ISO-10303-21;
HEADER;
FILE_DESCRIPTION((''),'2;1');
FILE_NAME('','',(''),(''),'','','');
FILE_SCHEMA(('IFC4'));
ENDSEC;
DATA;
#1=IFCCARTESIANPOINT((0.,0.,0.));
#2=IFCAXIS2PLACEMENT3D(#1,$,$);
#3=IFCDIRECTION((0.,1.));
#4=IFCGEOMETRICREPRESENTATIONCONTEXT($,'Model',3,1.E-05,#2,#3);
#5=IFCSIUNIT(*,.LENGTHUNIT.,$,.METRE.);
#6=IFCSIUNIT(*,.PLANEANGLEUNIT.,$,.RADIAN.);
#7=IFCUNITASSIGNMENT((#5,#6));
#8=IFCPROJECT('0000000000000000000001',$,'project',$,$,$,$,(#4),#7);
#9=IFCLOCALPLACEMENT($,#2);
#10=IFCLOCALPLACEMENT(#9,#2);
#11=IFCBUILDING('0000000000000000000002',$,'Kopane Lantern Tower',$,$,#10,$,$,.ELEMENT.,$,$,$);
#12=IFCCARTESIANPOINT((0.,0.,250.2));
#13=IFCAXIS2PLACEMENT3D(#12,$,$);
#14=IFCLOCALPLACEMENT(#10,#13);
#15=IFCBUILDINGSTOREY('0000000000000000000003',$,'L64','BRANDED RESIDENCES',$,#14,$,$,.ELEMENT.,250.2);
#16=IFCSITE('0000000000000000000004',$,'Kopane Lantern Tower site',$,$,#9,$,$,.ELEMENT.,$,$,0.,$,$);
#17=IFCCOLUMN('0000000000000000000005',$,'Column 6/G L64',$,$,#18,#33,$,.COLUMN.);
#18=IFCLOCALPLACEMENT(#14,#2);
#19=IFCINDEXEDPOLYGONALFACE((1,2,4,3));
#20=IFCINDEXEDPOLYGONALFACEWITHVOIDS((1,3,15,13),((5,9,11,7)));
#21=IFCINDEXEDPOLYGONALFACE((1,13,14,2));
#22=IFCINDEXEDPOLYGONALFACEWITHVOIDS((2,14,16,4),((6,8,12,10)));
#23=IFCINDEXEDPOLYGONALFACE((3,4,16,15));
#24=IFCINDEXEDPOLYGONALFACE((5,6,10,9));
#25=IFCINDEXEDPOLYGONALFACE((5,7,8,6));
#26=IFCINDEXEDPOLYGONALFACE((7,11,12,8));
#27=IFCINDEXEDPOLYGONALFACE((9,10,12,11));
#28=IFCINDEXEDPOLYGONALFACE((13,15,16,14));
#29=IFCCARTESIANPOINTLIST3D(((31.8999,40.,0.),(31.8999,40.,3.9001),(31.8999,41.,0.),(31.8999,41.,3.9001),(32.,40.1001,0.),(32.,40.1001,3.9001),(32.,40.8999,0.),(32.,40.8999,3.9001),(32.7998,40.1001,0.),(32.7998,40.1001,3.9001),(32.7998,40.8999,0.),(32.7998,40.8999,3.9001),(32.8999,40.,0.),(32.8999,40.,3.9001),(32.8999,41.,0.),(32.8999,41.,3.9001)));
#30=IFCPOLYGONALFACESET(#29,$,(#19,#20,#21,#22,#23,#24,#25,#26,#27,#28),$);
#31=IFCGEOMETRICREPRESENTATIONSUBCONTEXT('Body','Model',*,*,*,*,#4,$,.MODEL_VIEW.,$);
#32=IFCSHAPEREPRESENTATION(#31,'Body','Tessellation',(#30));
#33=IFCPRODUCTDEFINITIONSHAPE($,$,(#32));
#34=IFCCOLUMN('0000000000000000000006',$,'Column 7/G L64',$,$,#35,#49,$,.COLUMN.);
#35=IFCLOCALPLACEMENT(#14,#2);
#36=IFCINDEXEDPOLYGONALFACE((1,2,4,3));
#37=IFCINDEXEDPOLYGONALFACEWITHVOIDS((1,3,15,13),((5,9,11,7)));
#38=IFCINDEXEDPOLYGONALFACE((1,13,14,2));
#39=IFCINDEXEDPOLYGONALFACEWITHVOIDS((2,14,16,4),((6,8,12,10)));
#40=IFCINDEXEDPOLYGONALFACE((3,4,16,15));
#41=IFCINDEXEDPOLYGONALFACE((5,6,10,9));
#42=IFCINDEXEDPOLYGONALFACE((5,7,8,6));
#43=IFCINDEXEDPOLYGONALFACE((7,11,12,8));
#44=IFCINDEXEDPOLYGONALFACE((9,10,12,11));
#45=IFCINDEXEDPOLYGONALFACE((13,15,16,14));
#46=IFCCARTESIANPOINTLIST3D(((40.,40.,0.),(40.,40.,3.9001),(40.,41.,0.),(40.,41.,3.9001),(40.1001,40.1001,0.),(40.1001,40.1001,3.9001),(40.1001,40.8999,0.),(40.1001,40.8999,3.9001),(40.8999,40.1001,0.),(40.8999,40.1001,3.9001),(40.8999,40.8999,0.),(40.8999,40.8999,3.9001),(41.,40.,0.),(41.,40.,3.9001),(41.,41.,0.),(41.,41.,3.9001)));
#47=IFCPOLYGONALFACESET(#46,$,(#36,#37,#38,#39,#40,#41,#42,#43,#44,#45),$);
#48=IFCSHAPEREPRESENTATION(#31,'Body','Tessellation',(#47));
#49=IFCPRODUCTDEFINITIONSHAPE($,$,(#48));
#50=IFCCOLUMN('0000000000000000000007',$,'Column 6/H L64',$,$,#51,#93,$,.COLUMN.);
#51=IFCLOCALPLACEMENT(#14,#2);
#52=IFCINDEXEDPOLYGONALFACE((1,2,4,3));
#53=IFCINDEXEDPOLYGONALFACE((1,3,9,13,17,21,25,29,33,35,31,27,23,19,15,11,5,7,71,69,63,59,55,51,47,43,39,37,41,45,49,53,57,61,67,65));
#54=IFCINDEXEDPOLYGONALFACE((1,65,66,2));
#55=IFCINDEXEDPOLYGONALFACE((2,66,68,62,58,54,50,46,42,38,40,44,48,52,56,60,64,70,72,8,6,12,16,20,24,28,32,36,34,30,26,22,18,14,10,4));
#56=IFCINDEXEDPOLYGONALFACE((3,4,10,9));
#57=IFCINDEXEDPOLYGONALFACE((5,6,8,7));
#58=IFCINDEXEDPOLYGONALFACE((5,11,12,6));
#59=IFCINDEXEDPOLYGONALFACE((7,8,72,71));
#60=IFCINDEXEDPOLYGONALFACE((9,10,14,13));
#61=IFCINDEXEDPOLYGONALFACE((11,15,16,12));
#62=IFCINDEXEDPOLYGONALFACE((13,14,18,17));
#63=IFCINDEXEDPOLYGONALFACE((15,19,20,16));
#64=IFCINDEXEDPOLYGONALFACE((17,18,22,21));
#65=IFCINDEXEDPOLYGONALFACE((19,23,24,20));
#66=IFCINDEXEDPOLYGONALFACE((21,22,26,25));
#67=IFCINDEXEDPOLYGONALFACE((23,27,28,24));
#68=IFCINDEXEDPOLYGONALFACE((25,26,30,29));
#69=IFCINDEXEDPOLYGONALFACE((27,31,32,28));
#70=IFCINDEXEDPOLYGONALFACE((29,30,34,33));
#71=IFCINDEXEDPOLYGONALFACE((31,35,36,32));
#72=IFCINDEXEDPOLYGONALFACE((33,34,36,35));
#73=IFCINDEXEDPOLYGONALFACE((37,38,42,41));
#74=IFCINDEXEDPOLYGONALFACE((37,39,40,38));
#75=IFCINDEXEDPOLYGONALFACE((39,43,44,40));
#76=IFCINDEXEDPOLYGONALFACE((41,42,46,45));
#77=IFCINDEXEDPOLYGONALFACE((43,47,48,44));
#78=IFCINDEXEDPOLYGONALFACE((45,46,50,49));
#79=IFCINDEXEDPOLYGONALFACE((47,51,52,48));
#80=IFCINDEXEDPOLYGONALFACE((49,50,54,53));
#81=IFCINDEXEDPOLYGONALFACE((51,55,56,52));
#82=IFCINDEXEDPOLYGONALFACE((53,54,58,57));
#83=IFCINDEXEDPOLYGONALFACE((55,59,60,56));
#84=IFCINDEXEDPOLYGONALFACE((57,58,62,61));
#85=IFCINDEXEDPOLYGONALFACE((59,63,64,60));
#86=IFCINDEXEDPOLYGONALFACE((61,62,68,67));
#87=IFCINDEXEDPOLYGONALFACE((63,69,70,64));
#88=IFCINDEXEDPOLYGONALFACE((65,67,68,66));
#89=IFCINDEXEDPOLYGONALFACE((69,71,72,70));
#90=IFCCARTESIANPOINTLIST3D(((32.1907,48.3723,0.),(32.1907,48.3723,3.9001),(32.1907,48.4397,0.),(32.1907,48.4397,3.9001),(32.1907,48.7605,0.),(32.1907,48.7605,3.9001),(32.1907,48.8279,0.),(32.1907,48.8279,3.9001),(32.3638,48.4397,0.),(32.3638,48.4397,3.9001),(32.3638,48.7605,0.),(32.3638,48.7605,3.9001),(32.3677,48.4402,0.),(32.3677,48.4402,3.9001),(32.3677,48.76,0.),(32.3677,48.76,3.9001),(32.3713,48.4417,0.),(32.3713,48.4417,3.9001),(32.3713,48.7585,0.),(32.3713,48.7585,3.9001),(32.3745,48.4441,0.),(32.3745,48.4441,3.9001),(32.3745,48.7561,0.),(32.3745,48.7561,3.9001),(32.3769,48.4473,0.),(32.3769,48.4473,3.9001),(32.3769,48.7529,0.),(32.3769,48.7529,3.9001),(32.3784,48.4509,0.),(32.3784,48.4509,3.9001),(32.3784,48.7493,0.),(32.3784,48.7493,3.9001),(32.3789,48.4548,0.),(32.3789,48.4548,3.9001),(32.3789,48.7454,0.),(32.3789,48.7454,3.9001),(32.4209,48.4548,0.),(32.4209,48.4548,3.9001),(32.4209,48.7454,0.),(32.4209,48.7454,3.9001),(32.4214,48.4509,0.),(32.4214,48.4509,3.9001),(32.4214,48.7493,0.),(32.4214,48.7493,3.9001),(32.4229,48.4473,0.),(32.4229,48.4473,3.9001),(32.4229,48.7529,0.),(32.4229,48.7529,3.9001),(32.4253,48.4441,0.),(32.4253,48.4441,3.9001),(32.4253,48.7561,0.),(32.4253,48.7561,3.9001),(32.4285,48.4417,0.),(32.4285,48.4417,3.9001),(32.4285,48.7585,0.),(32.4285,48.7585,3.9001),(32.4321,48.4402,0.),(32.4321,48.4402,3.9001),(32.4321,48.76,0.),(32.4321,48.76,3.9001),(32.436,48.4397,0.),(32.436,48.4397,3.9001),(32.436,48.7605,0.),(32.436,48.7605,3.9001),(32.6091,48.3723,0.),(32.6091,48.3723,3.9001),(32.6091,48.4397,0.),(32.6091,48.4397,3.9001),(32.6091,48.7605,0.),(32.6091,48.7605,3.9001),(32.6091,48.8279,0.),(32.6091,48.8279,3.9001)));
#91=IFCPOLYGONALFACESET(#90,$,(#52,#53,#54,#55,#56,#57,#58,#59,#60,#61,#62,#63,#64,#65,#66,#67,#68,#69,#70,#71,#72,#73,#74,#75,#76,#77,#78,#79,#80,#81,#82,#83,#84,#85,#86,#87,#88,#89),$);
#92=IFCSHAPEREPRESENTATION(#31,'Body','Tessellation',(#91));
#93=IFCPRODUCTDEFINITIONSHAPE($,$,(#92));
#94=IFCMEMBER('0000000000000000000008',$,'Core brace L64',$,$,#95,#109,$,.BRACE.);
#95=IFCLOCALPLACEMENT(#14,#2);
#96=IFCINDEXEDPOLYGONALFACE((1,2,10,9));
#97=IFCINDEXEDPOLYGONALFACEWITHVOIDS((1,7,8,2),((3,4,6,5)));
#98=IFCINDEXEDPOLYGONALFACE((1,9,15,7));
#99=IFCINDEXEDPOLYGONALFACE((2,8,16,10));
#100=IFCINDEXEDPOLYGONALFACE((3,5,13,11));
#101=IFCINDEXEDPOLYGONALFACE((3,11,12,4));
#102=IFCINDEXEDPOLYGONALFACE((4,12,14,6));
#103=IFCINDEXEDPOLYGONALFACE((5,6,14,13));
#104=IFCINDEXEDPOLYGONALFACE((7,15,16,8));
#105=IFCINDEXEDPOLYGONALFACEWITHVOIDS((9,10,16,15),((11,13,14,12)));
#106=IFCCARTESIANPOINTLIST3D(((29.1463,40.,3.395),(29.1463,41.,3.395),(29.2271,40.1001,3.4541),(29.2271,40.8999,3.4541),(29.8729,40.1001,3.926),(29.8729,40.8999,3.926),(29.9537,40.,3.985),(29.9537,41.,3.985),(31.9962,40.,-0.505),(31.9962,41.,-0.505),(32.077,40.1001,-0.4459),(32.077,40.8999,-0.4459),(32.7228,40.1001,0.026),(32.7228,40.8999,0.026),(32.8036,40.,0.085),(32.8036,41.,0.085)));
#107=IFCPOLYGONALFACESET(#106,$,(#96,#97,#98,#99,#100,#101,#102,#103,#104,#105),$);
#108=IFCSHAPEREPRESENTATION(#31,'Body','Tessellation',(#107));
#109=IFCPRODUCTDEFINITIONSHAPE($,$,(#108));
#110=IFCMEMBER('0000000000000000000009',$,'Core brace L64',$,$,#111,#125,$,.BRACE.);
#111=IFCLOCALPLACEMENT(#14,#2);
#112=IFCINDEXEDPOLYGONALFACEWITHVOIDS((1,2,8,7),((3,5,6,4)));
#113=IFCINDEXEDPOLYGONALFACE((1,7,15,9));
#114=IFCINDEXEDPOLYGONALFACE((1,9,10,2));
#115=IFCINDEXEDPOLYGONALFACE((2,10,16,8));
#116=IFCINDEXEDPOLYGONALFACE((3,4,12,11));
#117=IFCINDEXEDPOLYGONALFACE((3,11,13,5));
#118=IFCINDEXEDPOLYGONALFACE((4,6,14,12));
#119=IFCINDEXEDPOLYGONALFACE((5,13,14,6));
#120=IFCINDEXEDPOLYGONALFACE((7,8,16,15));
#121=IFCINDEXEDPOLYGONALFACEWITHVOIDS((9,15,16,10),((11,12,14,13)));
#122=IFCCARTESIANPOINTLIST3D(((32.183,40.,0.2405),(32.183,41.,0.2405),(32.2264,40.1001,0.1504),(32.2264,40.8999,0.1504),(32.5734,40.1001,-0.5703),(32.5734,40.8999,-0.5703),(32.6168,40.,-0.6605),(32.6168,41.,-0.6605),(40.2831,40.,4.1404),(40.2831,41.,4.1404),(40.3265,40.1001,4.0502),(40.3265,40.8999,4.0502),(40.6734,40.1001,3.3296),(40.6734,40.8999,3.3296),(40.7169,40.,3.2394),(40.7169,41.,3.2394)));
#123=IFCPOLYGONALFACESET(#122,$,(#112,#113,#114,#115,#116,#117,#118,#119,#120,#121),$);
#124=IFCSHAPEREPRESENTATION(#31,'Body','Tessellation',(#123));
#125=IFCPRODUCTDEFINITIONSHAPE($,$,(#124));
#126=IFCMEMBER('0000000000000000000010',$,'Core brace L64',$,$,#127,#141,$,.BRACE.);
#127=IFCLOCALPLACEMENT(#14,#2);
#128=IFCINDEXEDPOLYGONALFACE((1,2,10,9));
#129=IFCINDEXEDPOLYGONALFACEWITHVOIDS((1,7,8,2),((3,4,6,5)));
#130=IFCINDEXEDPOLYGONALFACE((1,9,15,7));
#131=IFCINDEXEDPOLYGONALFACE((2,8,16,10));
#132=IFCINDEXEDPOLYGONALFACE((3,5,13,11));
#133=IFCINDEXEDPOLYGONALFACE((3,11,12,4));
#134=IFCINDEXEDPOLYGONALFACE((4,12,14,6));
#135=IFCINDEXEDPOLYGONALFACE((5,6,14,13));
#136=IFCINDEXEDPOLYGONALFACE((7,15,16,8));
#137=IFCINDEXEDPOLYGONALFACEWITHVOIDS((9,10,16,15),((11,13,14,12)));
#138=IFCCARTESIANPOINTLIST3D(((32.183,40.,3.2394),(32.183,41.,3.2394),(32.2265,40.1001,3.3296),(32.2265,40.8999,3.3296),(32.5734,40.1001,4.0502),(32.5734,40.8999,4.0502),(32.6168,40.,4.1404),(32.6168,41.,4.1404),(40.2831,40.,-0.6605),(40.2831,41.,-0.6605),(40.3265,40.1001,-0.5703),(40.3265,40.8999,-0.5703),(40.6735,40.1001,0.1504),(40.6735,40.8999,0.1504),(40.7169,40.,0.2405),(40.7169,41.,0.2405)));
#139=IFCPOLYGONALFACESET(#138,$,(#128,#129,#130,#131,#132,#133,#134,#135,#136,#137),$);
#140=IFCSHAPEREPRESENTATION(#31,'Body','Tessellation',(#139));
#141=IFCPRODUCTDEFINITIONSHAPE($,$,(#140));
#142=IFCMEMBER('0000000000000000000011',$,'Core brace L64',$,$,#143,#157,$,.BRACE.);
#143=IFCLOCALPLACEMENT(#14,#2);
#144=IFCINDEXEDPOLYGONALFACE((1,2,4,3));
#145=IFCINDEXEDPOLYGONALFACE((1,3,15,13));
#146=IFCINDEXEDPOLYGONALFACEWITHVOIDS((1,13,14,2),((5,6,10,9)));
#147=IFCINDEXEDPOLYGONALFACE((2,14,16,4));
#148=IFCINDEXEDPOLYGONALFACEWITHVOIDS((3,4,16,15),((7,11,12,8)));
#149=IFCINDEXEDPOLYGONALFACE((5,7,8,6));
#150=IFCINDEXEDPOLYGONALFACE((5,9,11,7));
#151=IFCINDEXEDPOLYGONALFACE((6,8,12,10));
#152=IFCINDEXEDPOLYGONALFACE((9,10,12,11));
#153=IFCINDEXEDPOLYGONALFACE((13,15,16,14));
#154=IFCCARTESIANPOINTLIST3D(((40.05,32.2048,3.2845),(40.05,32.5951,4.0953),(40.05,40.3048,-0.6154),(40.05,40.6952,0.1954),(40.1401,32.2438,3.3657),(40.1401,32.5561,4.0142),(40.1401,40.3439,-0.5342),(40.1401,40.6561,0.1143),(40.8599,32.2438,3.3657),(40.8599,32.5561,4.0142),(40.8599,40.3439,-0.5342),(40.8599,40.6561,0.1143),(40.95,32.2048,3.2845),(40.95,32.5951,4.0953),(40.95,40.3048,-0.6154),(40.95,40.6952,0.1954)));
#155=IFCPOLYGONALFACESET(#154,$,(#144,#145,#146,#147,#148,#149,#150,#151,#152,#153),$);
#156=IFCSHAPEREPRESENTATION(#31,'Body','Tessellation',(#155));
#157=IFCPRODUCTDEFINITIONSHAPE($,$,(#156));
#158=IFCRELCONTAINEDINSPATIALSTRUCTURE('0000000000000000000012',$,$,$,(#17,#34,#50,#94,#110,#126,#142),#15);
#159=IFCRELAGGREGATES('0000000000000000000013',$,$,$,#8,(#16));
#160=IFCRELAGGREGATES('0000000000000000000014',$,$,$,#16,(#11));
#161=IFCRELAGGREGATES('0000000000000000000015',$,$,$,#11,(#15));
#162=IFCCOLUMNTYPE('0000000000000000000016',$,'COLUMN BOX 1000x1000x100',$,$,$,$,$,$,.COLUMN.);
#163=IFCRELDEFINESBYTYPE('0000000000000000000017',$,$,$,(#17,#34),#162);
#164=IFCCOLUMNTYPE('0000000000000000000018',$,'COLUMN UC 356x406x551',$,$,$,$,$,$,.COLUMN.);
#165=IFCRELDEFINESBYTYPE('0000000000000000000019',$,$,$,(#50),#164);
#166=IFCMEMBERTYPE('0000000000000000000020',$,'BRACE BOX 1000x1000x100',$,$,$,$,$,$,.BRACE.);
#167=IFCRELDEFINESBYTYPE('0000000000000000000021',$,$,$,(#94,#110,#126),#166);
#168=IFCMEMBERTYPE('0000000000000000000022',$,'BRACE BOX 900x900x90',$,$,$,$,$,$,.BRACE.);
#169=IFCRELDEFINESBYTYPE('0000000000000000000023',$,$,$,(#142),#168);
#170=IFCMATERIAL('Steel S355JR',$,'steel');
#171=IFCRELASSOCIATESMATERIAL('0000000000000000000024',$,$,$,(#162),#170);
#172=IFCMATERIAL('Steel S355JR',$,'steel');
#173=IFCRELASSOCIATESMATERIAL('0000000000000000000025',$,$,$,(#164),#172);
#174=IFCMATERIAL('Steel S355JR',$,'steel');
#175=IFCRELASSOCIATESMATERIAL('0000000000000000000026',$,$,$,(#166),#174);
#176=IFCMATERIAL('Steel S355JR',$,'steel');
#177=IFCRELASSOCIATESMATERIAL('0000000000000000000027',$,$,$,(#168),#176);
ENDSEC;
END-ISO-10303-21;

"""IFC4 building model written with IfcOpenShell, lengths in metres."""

from ifc_helpers import new_model, si_unit, direction, frame, origin, origin_2d, place, context, subcontext, project, spatial, hollow_rectangle, i_section, extrude, material, material_profile, profile_set, type_object, element, save


model = new_model("IFC4")

# Units and contexts
model_context = context("Model", 3, precision=1e-05, world=origin(), true_north=direction((0.0, 1.0)))
body_context = subcontext(model_context, "Body", "Model", "MODEL_VIEW")
ifc_project = project(units=[si_unit("LENGTHUNIT", "METRE"), si_unit("PLANEANGLEUNIT", "RADIAN")], contexts=[model_context])

# Site, building, storey
site_placement = place(None, origin())
site = spatial("IfcSite", under=ifc_project, at=site_placement, Name="Kopane Lantern Tower site", CompositionType="ELEMENT", RefElevation=0.0)
building_placement = place(site_placement, origin())
building = spatial("IfcBuilding", under=site, at=building_placement, Name="Kopane Lantern Tower", CompositionType="ELEMENT")
storey_placement = place(building_placement, frame((0.0, 0.0, 250.2)))
storey = spatial("IfcBuildingStorey", under=building, at=storey_placement, Name="L64", Description="BRANDED RESIDENCES", CompositionType="ELEMENT", Elevation=250.2)

# Columns
ifc_material_1 = material(Name="Steel S355JR", Category="steel")
ifc_material_profile_1 = material_profile(ifc_material_1, hollow_rectangle(XDim=1.0, YDim=1.0, WallThickness=0.1001, at=origin_2d()), Name="BOX 1000x1000x100")
ifc_profile_set_1 = profile_set([ifc_material_profile_1], Name="Steel S355JR")
column_type_1 = type_object("IfcColumnType", Name="COLUMN BOX 1000x1000x100", PredefinedType="COLUMN", material=ifc_profile_set_1)
for number, where, z_axis, x_axis, name in (
    (1, (32.3999, 40.5, 0.0), (0.0, 0.0, 1.0), (1.0, 0.0, 0.0), "Column 6/G L64"),
    (2, (40.5, 40.5, 0.0), (0.0, 0.0, 1.0), (1.0, 0.0, 0.0), "Column 7/G L64"),
):
    element("IfcColumn", number, at=place(storey_placement, frame(where, z_axis=z_axis, x_axis=x_axis)), inside=storey, type_object=column_type_1, Name=name, PredefinedType="COLUMN", context=body_context, shape_type="SweptSolid", body=[
        extrude(hollow_rectangle(XDim=1.0, YDim=1.0, WallThickness=0.1001, at=origin_2d()), origin(), (0.0, 0.0, 1.0), 3.9001),
    ])
ifc_material_2 = material(Name="Steel S355JR", Category="steel")
ifc_material_profile_2 = material_profile(ifc_material_2, i_section(OverallWidth=0.4185, OverallDepth=0.4556, WebThickness=0.042, FlangeThickness=0.0674, FilletRadius=0.0151, at=origin_2d()), Name="UC 356x406x551")
ifc_profile_set_2 = profile_set([ifc_material_profile_2], Name="Steel S355JR")
column_type_2 = type_object("IfcColumnType", Name="COLUMN UC 356x406x551", PredefinedType="COLUMN", material=ifc_profile_set_2)
column_placement = place(storey_placement, frame((32.3999, 48.6001, 0.0), z_axis=(0.0, 0.0, 1.0), x_axis=(1.0, 0.0, 0.0)))
element("IfcColumn", 3, at=column_placement, inside=storey, type_object=column_type_2, Name="Column 6/H L64", PredefinedType="COLUMN", context=body_context, shape_type="SweptSolid", body=[
    extrude(i_section(OverallWidth=0.4185, OverallDepth=0.4556, WebThickness=0.042, FlangeThickness=0.0674, FilletRadius=0.0151, at=origin_2d()), origin(), (0.0, 0.0, 1.0), 3.9001),
])

# Members
ifc_material_3 = material(Name="Steel S355JR", Category="steel")
ifc_material_profile_3 = material_profile(ifc_material_3, hollow_rectangle(XDim=1.0, YDim=1.0, WallThickness=0.1001, at=origin_2d()), Name="BOX 1000x1000x100")
ifc_profile_set_3 = profile_set([ifc_material_profile_3], Name="Steel S355JR")
member_type_1 = type_object("IfcMemberType", Name="BRACE BOX 1000x1000x100", PredefinedType="BRACE", material=ifc_profile_set_3)
member_1_placement = place(storey_placement, frame((32.3999, 40.5, -0.21), z_axis=(-0.590006, 0.0, 0.807399), x_axis=(0.0, -1.0, 0.0)))
element("IfcMember", 4, at=member_1_placement, inside=storey, type_object=member_type_1, Name="Core brace L64", PredefinedType="BRACE", context=body_context, shape_type="SweptSolid", body=[
    extrude(hollow_rectangle(XDim=1.0, YDim=1.0, WallThickness=0.1001, at=origin_2d()), origin(), (0.0, 0.0, 1.0), 4.8303),
])
for number, where, z_axis, x_axis, name in (
    (5, (32.3999, 40.5, -0.21), (0.901008, 0.0, 0.433803), (0.0, 1.0, 0.0), "Core brace L64"),
    (6, (40.5, 40.5, -0.21), (-0.901008, 0.0, 0.433803), (0.0, -1.0, 0.0), "Core brace L64"),
):
    element("IfcMember", number, at=place(storey_placement, frame(where, z_axis=z_axis, x_axis=x_axis)), inside=storey, type_object=member_type_1, Name=name, PredefinedType="BRACE", context=body_context, shape_type="SweptSolid", body=[
        extrude(hollow_rectangle(XDim=1.0, YDim=1.0, WallThickness=0.1001, at=origin_2d()), origin(), (0.0, 0.0, 1.0), 8.99),
    ])
ifc_material_4 = material(Name="Steel S355JR", Category="steel")
ifc_material_profile_4 = material_profile(ifc_material_4, hollow_rectangle(XDim=0.8999, YDim=0.8999, WallThickness=0.0901, at=origin_2d()), Name="BOX 900x900x90")
ifc_profile_set_4 = profile_set([ifc_material_profile_4], Name="Steel S355JR")
member_type_2 = type_object("IfcMemberType", Name="BRACE BOX 900x900x90", PredefinedType="BRACE", material=ifc_profile_set_4)
member_2_placement = place(storey_placement, frame((40.5, 40.5, -0.21), z_axis=(0.0, -0.901008, 0.433803), x_axis=(1.0, 0.0, 0.0)))
element("IfcMember", 7, at=member_2_placement, inside=storey, type_object=member_type_2, Name="Core brace L64", PredefinedType="BRACE", context=body_context, shape_type="SweptSolid", body=[
    extrude(hollow_rectangle(XDim=0.8999, YDim=0.8999, WallThickness=0.0901, at=origin_2d()), origin(), (0.0, 0.0, 1.0), 8.99),
])

save(model, "model.ifc")
